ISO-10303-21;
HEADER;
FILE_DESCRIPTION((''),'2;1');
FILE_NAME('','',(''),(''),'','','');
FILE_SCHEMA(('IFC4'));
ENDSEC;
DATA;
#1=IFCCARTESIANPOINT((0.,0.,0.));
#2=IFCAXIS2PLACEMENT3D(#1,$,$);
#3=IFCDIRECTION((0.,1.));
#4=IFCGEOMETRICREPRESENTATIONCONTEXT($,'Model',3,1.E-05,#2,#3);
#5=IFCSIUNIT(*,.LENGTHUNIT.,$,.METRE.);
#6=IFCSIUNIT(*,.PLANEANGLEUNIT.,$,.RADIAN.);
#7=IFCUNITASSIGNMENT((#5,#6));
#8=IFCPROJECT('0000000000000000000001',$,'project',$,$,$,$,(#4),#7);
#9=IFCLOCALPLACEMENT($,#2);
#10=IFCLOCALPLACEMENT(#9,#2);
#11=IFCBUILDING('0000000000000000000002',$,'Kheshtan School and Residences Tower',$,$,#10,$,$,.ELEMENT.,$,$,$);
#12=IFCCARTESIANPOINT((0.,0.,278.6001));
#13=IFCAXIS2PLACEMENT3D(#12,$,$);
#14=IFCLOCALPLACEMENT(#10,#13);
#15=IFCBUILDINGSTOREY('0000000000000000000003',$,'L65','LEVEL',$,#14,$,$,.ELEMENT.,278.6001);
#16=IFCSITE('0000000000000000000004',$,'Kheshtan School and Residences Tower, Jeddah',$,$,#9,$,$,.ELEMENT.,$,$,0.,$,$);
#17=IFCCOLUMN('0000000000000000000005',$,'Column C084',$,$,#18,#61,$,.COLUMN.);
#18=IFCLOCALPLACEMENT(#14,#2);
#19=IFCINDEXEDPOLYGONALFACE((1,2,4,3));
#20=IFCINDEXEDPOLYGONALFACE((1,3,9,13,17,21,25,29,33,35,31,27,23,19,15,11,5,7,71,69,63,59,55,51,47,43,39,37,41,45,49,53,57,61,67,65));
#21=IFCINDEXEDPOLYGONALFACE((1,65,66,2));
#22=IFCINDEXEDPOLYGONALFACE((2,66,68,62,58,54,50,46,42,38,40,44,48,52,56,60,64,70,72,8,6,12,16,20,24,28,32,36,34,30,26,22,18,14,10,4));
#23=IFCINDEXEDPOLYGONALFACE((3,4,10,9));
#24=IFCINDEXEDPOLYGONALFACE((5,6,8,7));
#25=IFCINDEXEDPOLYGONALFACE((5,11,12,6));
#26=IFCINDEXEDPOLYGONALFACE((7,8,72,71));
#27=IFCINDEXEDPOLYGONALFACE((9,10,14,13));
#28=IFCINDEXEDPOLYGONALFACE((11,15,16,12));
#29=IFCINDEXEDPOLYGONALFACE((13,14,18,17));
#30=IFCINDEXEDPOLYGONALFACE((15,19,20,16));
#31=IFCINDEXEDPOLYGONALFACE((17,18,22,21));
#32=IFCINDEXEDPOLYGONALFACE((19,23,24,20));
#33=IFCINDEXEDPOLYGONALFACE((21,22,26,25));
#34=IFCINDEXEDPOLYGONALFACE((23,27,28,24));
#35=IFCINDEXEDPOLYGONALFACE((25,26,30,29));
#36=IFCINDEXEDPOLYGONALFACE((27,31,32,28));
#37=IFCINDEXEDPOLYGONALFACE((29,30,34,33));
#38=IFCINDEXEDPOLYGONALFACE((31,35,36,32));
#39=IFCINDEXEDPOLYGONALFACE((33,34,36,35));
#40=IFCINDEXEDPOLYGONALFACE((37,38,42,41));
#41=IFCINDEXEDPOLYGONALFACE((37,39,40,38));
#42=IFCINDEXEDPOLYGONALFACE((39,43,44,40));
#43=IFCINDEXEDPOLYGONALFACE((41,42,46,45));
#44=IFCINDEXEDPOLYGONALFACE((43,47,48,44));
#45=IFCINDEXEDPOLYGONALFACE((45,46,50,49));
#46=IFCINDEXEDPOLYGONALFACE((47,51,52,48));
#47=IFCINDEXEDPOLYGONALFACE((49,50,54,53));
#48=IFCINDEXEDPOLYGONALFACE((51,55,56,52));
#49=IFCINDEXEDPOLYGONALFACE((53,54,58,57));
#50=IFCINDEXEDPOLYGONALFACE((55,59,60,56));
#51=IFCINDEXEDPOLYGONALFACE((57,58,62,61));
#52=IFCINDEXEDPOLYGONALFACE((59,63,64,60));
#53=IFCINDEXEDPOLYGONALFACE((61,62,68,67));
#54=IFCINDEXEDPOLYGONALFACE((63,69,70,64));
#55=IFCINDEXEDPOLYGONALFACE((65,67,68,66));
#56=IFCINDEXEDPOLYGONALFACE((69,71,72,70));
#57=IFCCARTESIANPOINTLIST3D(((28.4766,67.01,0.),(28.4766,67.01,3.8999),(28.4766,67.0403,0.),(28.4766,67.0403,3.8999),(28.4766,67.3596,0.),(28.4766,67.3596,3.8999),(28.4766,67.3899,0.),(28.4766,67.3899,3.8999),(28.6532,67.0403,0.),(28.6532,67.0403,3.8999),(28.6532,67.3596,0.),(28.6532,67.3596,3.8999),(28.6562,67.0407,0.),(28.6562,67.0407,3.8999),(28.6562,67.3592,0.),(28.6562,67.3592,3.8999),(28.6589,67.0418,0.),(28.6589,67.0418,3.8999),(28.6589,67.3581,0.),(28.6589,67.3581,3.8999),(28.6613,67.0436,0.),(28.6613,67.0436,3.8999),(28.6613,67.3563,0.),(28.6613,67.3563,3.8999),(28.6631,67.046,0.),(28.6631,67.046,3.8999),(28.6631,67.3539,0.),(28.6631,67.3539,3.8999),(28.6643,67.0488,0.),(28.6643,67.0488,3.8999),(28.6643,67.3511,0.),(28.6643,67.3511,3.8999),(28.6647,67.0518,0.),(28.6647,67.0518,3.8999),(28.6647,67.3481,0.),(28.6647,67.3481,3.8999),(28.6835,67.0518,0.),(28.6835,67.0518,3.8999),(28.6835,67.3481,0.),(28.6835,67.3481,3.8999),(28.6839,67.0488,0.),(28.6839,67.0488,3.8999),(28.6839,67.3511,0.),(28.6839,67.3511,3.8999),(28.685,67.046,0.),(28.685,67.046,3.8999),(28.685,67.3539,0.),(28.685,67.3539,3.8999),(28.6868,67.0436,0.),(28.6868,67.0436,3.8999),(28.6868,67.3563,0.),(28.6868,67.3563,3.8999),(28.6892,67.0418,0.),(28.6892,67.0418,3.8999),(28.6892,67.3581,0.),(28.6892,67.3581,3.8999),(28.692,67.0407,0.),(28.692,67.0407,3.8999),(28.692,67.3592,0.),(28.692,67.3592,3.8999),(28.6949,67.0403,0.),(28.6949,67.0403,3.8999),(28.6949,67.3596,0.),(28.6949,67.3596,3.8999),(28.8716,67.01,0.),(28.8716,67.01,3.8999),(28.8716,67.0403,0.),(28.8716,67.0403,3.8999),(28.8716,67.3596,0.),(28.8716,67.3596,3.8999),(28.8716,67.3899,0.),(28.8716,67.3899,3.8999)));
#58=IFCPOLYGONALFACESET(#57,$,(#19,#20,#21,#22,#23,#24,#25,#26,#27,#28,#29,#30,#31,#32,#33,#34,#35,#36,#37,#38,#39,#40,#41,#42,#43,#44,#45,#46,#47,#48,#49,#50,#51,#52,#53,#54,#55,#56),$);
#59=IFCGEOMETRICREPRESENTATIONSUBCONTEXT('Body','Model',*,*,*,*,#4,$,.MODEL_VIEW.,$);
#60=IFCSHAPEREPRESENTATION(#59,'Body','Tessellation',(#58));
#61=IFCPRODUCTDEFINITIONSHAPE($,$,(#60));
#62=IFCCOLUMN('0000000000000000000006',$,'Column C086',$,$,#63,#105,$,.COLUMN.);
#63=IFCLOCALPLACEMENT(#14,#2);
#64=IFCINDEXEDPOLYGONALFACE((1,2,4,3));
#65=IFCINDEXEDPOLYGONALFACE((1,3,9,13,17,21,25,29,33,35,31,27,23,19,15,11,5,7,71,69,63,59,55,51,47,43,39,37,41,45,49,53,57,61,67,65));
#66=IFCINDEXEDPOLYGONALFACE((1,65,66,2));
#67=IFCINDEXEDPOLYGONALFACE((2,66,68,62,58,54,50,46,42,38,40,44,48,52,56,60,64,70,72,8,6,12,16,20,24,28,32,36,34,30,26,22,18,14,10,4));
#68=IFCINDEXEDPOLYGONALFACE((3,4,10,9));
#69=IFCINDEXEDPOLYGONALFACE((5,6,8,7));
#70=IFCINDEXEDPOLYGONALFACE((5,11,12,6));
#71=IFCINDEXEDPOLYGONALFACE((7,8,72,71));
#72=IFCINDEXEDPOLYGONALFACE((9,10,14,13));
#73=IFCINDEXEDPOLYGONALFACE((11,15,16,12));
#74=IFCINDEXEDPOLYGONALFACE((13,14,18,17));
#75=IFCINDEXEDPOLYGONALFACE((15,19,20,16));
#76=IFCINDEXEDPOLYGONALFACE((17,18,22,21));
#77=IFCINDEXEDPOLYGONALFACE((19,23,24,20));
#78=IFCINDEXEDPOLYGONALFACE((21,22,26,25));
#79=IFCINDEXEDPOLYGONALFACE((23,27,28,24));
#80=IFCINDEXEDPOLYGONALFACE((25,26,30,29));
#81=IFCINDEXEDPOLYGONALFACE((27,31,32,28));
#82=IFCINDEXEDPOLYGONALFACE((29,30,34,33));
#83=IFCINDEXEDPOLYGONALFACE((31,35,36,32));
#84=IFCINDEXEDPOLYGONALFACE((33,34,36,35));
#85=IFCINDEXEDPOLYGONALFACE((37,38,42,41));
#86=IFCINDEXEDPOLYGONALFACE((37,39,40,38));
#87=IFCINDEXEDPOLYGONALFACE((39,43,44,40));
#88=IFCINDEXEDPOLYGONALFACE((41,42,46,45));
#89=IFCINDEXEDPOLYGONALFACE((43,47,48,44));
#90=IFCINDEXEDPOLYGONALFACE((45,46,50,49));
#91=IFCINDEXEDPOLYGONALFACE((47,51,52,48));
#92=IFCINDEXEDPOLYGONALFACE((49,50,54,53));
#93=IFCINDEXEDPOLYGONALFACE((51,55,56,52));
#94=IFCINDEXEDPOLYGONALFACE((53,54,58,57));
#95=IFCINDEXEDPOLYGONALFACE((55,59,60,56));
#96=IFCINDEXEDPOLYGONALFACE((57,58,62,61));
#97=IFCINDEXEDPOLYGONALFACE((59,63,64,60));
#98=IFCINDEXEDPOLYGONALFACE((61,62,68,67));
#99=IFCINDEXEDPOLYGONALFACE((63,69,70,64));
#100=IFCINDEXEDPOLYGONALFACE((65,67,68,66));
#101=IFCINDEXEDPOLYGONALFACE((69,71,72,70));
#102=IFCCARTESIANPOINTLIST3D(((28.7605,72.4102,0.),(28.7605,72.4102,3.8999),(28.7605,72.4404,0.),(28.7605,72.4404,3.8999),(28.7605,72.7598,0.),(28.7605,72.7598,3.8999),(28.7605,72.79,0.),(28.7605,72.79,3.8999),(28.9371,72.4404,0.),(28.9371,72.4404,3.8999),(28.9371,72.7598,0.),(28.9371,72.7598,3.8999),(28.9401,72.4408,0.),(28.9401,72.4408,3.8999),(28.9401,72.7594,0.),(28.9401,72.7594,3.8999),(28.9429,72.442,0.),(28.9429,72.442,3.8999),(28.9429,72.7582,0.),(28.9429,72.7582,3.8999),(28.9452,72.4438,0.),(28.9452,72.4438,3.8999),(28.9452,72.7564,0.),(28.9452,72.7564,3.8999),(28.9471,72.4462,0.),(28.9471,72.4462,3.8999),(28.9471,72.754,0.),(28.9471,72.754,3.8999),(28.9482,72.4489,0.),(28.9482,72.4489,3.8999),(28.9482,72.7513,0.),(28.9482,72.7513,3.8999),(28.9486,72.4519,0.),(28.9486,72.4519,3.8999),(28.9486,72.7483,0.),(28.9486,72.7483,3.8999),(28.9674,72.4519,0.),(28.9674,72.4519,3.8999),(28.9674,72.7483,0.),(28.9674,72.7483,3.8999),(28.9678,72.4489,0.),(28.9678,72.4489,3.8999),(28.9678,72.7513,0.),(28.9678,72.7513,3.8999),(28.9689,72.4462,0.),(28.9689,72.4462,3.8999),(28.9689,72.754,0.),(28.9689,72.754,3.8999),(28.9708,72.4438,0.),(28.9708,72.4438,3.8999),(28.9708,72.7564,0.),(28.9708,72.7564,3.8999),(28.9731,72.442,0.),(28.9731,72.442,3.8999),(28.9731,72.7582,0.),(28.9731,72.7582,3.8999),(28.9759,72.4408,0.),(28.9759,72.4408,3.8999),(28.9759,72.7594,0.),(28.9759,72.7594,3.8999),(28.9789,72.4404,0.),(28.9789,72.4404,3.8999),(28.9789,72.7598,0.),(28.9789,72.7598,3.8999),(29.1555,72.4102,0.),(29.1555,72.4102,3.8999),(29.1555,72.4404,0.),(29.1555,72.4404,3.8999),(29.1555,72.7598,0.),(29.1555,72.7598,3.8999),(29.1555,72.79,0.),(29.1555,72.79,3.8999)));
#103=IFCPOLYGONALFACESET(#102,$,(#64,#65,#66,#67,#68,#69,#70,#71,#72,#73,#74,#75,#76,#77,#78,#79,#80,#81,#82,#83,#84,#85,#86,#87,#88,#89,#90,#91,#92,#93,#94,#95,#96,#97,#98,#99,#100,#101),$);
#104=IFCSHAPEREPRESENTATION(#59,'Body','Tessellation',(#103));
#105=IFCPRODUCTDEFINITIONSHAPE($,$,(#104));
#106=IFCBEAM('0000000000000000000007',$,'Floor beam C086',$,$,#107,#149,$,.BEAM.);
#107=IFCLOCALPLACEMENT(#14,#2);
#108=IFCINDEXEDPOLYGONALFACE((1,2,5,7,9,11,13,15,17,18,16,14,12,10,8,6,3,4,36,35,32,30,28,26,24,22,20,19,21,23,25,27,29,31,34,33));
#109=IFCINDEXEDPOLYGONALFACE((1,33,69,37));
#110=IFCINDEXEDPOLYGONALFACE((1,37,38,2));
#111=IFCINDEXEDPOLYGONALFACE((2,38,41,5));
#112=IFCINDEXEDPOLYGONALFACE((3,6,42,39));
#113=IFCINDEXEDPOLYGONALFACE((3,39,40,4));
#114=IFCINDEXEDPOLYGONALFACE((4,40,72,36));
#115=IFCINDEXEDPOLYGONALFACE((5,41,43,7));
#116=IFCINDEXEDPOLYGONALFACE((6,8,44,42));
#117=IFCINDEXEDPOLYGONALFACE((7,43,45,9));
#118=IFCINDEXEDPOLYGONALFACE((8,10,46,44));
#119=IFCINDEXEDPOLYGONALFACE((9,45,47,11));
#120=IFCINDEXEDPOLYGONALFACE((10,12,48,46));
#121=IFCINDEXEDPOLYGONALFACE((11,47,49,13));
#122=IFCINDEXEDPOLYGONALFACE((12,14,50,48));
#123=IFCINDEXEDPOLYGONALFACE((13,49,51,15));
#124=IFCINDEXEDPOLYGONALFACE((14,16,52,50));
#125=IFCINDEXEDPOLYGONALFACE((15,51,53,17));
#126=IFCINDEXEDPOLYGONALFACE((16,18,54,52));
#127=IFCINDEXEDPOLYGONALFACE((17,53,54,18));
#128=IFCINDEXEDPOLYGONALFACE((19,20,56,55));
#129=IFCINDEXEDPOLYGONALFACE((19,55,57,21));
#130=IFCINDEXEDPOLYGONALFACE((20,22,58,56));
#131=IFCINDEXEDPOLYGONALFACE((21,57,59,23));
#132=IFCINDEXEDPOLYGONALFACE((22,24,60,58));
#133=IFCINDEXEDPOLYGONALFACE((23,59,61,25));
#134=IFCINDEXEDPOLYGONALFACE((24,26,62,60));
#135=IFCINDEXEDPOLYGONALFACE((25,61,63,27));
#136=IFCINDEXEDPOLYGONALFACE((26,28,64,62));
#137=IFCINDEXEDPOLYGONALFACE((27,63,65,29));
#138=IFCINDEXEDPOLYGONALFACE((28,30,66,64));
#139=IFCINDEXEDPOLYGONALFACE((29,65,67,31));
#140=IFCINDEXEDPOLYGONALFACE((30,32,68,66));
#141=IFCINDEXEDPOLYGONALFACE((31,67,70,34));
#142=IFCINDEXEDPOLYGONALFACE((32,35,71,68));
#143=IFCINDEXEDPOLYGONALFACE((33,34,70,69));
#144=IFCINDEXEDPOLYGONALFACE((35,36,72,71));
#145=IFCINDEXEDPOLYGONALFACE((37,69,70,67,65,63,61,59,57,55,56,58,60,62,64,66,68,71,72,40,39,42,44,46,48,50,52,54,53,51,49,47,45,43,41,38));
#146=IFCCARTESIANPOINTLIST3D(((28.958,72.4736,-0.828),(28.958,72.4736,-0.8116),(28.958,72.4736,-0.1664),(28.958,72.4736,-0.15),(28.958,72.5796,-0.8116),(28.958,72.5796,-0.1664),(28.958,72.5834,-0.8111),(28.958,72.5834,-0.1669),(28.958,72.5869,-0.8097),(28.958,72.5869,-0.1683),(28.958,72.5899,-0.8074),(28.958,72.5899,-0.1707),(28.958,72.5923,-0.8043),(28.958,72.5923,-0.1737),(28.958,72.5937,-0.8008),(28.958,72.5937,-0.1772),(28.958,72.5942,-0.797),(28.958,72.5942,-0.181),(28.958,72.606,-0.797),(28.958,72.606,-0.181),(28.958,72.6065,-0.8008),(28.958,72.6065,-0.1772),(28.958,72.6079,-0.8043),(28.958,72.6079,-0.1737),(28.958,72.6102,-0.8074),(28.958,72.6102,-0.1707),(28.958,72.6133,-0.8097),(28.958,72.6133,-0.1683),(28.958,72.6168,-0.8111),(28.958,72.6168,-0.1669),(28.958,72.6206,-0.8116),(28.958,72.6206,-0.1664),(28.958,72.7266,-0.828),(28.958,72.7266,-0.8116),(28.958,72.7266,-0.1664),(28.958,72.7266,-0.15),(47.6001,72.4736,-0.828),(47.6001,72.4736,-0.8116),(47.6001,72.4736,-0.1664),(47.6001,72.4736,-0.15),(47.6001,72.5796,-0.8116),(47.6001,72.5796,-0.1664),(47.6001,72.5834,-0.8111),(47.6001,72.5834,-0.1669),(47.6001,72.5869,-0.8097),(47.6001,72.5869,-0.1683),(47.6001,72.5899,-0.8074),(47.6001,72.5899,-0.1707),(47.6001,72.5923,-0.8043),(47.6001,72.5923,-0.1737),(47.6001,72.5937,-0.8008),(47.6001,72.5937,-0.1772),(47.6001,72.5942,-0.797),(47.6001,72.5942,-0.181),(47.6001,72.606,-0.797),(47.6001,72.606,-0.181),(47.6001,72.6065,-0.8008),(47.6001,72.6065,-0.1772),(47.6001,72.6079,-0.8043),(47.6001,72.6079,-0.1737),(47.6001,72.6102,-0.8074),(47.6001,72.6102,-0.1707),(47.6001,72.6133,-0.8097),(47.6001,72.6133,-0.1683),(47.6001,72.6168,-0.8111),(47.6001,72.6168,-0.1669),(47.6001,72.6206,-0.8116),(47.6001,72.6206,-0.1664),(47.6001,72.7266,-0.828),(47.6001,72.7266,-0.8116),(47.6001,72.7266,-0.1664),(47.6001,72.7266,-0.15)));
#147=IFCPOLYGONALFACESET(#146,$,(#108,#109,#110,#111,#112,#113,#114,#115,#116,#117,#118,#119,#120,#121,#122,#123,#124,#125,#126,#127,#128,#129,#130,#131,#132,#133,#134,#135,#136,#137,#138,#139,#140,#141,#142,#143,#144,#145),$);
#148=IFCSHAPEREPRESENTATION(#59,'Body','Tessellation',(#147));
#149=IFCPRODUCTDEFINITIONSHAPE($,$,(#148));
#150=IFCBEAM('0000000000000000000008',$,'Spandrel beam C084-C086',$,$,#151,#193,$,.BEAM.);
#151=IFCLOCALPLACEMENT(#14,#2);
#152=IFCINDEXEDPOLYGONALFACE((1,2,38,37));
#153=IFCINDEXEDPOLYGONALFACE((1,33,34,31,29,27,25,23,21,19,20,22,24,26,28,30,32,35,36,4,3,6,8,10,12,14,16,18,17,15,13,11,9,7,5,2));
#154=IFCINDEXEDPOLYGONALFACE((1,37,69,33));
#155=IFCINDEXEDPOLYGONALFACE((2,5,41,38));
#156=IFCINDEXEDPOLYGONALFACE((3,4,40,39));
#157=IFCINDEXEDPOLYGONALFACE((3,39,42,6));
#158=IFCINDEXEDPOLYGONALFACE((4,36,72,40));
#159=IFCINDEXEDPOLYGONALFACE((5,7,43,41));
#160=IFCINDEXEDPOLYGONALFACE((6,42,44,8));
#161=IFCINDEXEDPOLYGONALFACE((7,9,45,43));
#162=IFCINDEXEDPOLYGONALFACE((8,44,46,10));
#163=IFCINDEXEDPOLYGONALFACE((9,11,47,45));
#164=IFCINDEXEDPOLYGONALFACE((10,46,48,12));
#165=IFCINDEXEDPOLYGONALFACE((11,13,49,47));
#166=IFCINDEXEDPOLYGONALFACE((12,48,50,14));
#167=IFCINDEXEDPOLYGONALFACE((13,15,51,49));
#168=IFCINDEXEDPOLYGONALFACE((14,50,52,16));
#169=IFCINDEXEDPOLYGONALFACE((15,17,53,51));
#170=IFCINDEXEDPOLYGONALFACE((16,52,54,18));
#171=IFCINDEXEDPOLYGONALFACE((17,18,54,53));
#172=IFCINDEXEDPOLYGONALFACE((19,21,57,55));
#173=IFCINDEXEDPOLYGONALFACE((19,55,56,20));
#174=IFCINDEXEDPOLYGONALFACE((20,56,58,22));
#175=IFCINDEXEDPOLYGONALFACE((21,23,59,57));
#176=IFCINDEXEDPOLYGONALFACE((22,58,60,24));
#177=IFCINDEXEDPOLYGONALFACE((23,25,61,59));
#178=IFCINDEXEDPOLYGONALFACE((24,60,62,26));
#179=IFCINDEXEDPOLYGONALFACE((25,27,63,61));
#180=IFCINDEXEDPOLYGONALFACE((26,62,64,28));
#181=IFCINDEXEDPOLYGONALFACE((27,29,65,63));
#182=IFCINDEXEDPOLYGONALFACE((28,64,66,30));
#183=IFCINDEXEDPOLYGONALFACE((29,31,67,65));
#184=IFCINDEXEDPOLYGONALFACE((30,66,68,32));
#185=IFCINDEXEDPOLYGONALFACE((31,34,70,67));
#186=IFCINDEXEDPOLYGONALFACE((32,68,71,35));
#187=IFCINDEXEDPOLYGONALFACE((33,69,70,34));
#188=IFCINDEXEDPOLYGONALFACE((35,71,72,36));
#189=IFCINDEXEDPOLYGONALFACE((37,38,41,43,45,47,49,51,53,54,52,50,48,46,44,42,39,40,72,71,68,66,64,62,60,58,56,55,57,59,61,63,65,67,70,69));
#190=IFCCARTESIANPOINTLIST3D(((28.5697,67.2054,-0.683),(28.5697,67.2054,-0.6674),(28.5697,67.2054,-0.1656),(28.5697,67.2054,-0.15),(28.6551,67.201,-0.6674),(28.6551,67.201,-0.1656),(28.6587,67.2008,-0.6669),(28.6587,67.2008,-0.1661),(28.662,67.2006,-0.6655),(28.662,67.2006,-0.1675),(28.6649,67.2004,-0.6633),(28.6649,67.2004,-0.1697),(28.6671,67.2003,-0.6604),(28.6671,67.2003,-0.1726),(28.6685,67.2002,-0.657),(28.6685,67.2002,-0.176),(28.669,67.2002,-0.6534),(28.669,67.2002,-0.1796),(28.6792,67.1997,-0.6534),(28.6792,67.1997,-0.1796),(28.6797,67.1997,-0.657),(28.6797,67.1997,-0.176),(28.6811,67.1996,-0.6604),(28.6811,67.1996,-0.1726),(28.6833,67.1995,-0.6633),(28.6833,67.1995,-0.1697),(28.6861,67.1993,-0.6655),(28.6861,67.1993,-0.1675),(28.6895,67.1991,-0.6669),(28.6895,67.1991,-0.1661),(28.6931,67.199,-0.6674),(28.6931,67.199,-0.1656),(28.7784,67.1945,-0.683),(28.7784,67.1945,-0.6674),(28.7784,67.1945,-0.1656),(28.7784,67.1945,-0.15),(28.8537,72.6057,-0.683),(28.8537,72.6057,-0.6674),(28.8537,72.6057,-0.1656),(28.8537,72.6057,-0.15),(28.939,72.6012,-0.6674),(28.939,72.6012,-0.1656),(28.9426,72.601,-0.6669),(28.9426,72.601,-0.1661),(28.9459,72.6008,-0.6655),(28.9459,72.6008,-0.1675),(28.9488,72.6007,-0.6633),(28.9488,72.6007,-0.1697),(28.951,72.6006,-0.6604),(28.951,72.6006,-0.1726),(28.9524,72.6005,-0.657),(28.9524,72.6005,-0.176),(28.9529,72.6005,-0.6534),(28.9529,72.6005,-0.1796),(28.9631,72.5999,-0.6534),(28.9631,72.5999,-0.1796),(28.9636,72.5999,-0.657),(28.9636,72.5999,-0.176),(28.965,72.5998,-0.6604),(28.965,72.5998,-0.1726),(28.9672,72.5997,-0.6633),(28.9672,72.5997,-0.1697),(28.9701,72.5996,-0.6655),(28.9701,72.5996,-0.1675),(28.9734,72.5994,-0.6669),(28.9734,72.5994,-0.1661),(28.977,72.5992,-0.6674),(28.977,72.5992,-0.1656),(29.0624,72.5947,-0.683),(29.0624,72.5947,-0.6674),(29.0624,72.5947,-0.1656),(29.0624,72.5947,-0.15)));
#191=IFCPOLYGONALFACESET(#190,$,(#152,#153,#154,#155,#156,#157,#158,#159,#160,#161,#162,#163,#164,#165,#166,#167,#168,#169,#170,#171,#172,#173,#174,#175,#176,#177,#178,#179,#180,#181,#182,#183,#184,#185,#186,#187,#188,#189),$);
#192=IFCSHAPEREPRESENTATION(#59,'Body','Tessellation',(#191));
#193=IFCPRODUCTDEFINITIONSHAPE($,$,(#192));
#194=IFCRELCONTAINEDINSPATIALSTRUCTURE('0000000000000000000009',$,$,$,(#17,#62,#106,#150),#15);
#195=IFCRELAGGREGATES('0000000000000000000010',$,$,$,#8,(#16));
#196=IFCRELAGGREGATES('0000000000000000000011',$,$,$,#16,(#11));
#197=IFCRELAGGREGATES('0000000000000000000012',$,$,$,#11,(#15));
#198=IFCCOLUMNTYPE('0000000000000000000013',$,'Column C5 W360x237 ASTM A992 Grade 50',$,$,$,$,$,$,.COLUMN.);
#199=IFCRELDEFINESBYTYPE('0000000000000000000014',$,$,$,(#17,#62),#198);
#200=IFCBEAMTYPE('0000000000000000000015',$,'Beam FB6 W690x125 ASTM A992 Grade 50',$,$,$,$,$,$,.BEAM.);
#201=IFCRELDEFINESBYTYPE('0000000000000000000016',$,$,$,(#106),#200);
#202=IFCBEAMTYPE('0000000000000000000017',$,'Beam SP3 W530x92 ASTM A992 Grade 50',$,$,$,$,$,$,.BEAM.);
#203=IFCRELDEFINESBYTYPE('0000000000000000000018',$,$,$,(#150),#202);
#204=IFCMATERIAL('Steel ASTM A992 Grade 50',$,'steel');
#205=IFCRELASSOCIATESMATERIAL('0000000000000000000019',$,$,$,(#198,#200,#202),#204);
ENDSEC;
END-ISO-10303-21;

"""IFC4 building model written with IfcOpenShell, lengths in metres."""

from ifc_helpers import new_model, si_unit, direction, frame, origin, origin_2d, place, context, subcontext, project, spatial, i_section, extrude, material, material_profile, profile_set, type_object, element, save


model = new_model("IFC4")

# Units and contexts
model_context = context("Model", 3, precision=1e-05, world=origin(), true_north=direction((0.0, 1.0)))
body_context = subcontext(model_context, "Body", "Model", "MODEL_VIEW")
ifc_project = project(units=[si_unit("LENGTHUNIT", "METRE"), si_unit("PLANEANGLEUNIT", "RADIAN")], contexts=[model_context])

# Site, building, storey
site_placement = place(None, origin())
site = spatial("IfcSite", under=ifc_project, at=site_placement, Name="Kheshtan School and Residences Tower, Jeddah", CompositionType="ELEMENT", RefElevation=0.0)
building_placement = place(site_placement, origin())
building = spatial("IfcBuilding", under=site, at=building_placement, Name="Kheshtan School and Residences Tower", CompositionType="ELEMENT")
storey_placement = place(building_placement, frame((0.0, 0.0, 278.6001)))
storey = spatial("IfcBuildingStorey", under=building, at=storey_placement, Name="L65", Description="LEVEL", CompositionType="ELEMENT", Elevation=278.6001)

# Columns
ifc_material_1 = material(Name="Steel ASTM A992 Grade 50", Category="steel")
ifc_material_profile_1 = material_profile(ifc_material_1, i_section(OverallWidth=0.395, OverallDepth=0.3799, WebThickness=0.0188, FlangeThickness=0.0303, FilletRadius=0.0115, at=origin_2d()), Name="W360x237")
ifc_profile_set_1 = profile_set([ifc_material_profile_1], Name="Steel ASTM A992 Grade 50")
column_type = type_object("IfcColumnType", Name="Column C5 W360x237 ASTM A992 Grade 50", PredefinedType="COLUMN", material=ifc_profile_set_1)
for number, where, z_axis, x_axis, name in (
    (1, (28.6741, 67.2, 0.0), (0.0, 0.0, 1.0), (1.0, 0.0, 0.0), "Column C084"),
    (2, (28.958, 72.6001, 0.0), (0.0, 0.0, 1.0), (1.0, 0.0, 0.0), "Column C086"),
):
    element("IfcColumn", number, at=place(storey_placement, frame(where, z_axis=z_axis, x_axis=x_axis)), inside=storey, type_object=column_type, Name=name, PredefinedType="COLUMN", context=body_context, shape_type="SweptSolid", body=[
        extrude(i_section(OverallWidth=0.395, OverallDepth=0.3799, WebThickness=0.0188, FlangeThickness=0.0303, FilletRadius=0.0115, at=origin_2d()), origin(), (0.0, 0.0, 1.0), 3.8999),
    ])

# Beams
ifc_material_profile_2 = material_profile(ifc_material_1, i_section(OverallWidth=0.2529, OverallDepth=0.678, WebThickness=0.0117, FlangeThickness=0.0164, FilletRadius=0.0146, at=origin_2d()), Name="W690x125")
ifc_profile_set_2 = profile_set([ifc_material_profile_2], Name="Steel ASTM A992 Grade 50")
beam_type_1 = type_object("IfcBeamType", Name="Beam FB6 W690x125 ASTM A992 Grade 50", PredefinedType="BEAM", material=ifc_profile_set_2)
beam_1_placement = place(storey_placement, frame((28.958, 72.6001, -0.489), z_axis=(1.0, 0.0, 0.0), x_axis=(0.0, 1.0, 0.0)))
element("IfcBeam", 3, at=beam_1_placement, inside=storey, type_object=beam_type_1, Name="Floor beam C086", PredefinedType="BEAM", context=body_context, shape_type="SweptSolid", body=[
    extrude(i_section(OverallWidth=0.2529, OverallDepth=0.678, WebThickness=0.0117, FlangeThickness=0.0164, FilletRadius=0.0146, at=origin_2d()), origin(), (0.0, 0.0, 1.0), 18.6421),
])
ifc_material_profile_3 = material_profile(ifc_material_1, i_section(OverallWidth=0.209, OverallDepth=0.533, WebThickness=0.0103, FlangeThickness=0.0156, FilletRadius=0.0139, at=origin_2d()), Name="W530x92")
ifc_profile_set_3 = profile_set([ifc_material_profile_3], Name="Steel ASTM A992 Grade 50")
beam_type_2 = type_object("IfcBeamType", Name="Beam SP3 W530x92 ASTM A992 Grade 50", PredefinedType="BEAM", material=ifc_profile_set_3)
beam_2_placement = place(storey_placement, frame((28.6741, 67.2, -0.4165), z_axis=(0.052507, 0.998621, 0.0), x_axis=(-0.998621, 0.052507, 0.0)))
element("IfcBeam", 4, at=beam_2_placement, inside=storey, type_object=beam_type_2, Name="Spandrel beam C084-C086", PredefinedType="BEAM", context=body_context, shape_type="SweptSolid", body=[
    extrude(i_section(OverallWidth=0.209, OverallDepth=0.533, WebThickness=0.0103, FlangeThickness=0.0156, FilletRadius=0.0139, at=origin_2d()), origin(), (0.0, 0.0, 1.0), 5.4077),
])

save(model, "model.ifc")
